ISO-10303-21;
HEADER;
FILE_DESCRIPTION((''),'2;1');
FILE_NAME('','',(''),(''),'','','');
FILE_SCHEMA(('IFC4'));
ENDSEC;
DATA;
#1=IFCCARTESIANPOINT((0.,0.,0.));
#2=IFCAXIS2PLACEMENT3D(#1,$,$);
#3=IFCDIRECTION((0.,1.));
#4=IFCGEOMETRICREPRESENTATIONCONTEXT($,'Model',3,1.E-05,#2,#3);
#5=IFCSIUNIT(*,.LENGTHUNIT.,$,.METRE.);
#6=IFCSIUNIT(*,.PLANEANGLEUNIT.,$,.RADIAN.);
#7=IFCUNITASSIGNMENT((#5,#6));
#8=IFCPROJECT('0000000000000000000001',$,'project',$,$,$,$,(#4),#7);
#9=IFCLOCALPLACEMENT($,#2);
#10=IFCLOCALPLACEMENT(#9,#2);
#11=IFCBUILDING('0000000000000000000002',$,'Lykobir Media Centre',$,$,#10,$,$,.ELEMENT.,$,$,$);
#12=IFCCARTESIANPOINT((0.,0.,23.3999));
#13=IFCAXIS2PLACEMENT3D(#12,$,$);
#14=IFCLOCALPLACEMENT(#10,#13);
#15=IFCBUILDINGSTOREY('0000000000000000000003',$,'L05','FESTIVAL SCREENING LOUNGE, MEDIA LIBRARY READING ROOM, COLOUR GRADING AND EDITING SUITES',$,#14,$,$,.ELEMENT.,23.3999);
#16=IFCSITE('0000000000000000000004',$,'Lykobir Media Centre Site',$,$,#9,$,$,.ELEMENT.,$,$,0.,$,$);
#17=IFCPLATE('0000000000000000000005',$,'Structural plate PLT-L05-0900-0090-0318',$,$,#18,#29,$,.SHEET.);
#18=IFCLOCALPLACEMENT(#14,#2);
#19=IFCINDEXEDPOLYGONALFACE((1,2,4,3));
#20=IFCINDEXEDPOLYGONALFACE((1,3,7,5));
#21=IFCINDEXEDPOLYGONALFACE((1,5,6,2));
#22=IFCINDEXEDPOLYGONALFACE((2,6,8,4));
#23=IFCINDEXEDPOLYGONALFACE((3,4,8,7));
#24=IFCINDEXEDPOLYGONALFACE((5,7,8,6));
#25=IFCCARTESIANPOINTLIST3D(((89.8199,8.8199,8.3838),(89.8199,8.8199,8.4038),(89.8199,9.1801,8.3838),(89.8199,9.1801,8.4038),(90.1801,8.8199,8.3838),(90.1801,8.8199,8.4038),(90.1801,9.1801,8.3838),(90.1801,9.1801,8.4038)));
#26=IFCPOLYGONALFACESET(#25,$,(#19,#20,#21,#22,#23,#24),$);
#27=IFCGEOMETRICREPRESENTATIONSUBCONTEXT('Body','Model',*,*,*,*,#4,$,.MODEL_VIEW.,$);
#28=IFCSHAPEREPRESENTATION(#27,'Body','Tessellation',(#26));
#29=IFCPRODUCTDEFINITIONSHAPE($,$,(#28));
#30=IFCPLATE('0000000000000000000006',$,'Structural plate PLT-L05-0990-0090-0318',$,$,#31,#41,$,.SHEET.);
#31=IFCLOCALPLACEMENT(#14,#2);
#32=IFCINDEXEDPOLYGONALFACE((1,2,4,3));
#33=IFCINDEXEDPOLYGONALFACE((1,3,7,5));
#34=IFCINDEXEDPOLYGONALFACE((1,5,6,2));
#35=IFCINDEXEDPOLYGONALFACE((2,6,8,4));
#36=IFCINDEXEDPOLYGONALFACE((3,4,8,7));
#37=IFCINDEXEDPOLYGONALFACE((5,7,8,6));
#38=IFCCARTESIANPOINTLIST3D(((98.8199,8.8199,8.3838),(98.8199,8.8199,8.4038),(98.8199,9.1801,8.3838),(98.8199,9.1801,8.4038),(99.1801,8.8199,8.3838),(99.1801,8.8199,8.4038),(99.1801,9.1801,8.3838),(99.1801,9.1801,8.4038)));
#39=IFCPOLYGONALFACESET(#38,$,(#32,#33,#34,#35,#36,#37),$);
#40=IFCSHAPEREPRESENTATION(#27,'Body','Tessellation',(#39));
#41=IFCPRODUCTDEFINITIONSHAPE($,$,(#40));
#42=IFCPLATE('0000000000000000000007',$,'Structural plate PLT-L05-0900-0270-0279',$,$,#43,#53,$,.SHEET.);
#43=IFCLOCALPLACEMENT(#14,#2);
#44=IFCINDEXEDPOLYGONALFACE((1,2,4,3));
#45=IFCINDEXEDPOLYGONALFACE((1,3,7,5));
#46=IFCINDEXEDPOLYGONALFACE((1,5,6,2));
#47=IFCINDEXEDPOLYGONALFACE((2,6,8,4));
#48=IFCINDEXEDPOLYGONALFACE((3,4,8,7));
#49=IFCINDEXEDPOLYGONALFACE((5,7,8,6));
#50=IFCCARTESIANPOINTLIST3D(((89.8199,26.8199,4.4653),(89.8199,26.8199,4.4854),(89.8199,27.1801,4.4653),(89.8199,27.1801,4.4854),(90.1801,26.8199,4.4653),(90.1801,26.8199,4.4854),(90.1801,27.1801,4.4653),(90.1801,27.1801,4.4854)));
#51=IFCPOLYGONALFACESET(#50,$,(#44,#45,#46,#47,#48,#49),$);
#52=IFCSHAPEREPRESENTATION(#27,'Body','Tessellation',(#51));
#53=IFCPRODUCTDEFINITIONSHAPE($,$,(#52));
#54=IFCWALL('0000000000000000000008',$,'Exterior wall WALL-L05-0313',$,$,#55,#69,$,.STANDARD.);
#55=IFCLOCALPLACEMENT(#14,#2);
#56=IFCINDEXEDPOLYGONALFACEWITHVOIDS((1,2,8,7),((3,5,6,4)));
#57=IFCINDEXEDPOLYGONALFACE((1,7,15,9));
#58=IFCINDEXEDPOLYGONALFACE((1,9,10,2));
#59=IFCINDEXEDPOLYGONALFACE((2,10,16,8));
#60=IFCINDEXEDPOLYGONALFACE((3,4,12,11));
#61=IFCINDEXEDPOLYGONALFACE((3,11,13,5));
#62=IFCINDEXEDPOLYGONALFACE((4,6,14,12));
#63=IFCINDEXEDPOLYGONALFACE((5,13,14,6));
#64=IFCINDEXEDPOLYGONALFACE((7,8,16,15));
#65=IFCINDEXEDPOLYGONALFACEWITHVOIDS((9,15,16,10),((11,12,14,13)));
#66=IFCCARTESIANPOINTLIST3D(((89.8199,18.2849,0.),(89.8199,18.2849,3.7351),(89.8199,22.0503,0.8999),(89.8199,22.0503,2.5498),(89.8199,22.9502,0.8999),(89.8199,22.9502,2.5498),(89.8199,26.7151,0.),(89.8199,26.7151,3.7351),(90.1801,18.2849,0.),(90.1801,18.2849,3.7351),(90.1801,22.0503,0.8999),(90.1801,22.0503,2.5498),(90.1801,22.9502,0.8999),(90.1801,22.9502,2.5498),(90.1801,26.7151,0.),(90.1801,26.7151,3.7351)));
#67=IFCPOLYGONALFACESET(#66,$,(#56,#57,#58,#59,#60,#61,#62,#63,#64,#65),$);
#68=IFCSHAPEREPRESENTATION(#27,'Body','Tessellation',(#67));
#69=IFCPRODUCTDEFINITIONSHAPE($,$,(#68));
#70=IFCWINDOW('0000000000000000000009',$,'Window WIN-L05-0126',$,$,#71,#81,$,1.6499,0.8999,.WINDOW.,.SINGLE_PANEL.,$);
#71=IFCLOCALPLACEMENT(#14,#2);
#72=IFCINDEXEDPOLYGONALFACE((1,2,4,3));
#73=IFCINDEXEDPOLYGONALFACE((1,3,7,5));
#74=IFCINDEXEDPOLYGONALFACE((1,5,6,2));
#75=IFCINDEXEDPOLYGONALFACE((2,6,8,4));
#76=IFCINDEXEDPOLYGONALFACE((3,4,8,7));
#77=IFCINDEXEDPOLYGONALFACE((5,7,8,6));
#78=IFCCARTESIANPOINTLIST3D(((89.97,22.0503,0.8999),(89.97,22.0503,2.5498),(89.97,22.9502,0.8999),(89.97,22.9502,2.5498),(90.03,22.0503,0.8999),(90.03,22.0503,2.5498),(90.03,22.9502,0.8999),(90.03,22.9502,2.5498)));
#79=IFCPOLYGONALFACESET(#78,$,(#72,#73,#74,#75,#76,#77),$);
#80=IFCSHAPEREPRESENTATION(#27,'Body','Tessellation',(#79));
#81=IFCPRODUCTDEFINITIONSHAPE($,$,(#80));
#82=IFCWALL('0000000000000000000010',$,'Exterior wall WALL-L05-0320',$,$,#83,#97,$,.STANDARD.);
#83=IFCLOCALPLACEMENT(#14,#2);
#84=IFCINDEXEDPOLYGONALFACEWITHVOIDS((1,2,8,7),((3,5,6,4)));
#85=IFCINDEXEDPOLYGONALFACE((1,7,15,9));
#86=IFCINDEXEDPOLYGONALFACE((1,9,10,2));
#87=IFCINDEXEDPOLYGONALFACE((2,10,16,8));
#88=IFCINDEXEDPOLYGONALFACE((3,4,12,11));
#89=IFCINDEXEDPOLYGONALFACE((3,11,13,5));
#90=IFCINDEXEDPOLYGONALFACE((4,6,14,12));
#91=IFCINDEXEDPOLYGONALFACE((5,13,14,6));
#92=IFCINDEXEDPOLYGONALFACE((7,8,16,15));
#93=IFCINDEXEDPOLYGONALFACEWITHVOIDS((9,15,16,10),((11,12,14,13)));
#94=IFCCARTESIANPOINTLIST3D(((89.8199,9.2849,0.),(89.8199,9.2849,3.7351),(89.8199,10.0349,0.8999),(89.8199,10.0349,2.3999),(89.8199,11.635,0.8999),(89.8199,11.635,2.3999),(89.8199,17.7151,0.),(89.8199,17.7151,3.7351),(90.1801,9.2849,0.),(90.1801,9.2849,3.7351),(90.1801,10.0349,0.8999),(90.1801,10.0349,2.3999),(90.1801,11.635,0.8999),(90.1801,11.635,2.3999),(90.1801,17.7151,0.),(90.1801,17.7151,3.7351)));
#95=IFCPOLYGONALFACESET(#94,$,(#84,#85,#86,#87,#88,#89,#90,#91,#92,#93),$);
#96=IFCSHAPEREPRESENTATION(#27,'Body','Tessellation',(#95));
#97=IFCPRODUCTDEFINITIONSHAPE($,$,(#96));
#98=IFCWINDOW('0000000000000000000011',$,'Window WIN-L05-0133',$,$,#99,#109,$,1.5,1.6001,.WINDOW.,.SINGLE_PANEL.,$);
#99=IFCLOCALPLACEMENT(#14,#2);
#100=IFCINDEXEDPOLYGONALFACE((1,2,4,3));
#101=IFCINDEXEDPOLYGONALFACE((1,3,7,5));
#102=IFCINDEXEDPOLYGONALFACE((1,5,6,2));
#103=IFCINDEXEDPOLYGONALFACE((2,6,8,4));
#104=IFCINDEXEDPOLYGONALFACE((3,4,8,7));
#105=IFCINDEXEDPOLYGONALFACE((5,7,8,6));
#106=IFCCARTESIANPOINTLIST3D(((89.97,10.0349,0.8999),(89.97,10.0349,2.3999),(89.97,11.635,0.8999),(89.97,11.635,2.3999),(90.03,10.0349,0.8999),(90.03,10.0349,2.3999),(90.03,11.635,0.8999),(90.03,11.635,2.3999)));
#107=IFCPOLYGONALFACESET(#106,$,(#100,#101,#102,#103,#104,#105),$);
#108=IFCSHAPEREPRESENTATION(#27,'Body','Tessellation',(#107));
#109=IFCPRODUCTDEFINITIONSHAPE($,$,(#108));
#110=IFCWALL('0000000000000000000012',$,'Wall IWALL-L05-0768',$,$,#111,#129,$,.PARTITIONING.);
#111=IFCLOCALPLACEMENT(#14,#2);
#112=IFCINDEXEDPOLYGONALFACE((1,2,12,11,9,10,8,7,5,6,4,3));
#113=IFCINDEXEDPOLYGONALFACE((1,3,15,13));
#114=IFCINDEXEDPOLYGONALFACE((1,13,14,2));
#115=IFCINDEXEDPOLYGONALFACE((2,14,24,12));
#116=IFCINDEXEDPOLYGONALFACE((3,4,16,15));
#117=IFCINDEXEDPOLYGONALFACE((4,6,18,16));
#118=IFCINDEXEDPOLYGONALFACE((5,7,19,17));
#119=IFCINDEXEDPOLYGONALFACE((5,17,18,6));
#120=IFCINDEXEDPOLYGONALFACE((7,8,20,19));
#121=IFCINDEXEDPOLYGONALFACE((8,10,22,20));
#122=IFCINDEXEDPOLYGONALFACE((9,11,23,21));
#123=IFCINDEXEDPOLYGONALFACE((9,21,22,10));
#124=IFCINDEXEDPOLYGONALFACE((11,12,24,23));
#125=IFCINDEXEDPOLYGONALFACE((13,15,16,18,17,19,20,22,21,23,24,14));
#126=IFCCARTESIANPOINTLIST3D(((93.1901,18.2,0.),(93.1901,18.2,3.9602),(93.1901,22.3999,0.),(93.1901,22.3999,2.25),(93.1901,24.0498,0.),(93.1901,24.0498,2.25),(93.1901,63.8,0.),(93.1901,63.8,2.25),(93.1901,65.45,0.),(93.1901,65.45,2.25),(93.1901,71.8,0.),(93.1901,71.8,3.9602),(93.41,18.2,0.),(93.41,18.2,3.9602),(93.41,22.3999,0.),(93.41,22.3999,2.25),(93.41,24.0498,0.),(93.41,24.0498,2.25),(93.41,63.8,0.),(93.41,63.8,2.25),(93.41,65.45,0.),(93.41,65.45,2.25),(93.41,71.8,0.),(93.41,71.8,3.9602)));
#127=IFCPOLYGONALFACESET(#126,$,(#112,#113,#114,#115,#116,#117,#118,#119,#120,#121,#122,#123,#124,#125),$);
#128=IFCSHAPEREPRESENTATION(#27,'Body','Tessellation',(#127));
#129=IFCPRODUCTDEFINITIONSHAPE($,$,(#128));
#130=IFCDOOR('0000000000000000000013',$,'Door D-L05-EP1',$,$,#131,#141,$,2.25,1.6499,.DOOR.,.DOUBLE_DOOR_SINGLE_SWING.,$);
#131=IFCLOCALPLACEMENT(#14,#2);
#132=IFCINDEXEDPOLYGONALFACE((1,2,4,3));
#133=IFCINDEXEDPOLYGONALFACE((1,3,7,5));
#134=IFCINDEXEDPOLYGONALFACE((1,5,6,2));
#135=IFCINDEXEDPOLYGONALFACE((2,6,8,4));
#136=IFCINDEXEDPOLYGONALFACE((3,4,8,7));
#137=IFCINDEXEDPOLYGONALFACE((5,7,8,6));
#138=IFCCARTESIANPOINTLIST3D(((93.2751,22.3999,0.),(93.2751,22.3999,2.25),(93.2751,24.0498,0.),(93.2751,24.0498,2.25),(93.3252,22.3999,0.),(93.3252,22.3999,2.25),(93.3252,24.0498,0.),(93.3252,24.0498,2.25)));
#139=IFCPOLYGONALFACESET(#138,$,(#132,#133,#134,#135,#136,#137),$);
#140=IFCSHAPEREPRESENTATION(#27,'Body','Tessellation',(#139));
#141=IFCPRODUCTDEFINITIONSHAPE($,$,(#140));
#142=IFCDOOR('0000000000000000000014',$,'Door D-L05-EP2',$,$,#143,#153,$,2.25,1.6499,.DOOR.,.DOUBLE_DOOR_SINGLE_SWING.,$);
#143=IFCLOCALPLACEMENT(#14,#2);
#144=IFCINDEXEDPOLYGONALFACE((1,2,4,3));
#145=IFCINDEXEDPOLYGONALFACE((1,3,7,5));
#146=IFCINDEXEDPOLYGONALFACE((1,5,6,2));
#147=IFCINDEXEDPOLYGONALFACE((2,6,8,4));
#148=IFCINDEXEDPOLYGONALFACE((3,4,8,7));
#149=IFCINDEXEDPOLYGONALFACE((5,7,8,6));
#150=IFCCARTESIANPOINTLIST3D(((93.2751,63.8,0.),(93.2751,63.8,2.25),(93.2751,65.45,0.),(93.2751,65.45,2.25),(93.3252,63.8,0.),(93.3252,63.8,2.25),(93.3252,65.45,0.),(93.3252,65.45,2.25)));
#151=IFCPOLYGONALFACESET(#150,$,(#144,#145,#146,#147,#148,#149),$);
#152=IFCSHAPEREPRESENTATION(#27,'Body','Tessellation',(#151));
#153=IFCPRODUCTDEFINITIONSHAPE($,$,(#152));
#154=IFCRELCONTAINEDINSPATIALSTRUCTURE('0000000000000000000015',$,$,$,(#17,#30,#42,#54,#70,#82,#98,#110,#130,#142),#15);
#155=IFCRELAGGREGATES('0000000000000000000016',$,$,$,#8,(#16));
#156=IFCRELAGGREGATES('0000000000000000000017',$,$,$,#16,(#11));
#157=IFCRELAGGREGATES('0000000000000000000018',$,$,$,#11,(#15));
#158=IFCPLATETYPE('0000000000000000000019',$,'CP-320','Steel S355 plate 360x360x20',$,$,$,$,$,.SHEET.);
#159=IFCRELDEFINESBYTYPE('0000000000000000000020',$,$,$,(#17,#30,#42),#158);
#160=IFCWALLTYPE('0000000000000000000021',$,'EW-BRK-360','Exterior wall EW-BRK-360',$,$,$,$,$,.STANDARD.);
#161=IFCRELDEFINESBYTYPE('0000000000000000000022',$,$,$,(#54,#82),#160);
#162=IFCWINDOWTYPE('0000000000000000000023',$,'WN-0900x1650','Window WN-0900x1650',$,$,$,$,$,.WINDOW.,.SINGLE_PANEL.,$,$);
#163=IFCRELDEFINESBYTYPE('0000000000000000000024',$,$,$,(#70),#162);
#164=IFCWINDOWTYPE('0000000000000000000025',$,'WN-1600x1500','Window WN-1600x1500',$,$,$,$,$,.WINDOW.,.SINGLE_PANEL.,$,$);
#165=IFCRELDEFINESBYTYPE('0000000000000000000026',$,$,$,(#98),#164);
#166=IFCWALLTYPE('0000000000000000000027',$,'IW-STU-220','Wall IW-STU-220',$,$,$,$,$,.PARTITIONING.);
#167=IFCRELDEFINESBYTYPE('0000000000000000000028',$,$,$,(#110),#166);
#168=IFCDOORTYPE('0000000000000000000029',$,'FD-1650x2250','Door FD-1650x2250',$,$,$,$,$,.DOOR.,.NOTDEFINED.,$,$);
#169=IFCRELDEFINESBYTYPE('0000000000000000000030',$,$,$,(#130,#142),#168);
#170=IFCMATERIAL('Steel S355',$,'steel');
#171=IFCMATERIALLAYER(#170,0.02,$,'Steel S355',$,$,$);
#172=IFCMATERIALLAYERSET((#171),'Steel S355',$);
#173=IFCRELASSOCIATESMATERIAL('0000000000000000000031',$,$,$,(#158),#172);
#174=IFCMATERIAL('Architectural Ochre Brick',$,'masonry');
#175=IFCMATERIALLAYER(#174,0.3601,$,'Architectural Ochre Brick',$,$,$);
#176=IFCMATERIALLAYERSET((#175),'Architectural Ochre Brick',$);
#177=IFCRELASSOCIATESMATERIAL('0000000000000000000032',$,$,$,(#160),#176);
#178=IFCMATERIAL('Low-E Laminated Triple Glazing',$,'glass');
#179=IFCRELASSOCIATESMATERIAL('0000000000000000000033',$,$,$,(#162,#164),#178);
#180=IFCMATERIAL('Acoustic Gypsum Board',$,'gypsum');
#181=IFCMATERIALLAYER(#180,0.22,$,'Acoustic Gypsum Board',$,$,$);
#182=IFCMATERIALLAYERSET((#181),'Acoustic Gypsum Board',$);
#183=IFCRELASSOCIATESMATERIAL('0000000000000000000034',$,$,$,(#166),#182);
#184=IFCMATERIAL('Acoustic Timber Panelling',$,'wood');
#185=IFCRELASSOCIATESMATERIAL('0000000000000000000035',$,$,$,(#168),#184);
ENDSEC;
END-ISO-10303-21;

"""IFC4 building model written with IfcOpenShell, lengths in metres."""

from ifc_helpers import new_model, si_unit, direction, frame, frame_2d, origin, origin_2d, place, context, subcontext, project, spatial, rectangle, extrude, material, layer, layer_set, type_object, element, fill, save


model = new_model("IFC4")

# Units and contexts
model_context = context("Model", 3, precision=1e-05, world=origin(), true_north=direction((0.0, 1.0)))
body_context = subcontext(model_context, "Body", "Model", "MODEL_VIEW")
ifc_project = project(units=[si_unit("LENGTHUNIT", "METRE"), si_unit("PLANEANGLEUNIT", "RADIAN")], contexts=[model_context])

# Site, building, storey
site_placement = place(None, origin())
site = spatial("IfcSite", under=ifc_project, at=site_placement, Name="Lykobir Media Centre Site", CompositionType="ELEMENT", RefElevation=0.0)
building_placement = place(site_placement, origin())
building = spatial("IfcBuilding", under=site, at=building_placement, Name="Lykobir Media Centre", CompositionType="ELEMENT")
storey_placement = place(building_placement, frame((0.0, 0.0, 23.3999)))
storey = spatial("IfcBuildingStorey", under=building, at=storey_placement, Name="L05", Description="FESTIVAL SCREENING LOUNGE, MEDIA LIBRARY READING ROOM, COLOUR GRADING AND EDITING SUITES", CompositionType="ELEMENT", Elevation=23.3999)

# Shared definitions
ifc_material_1 = material(Name="Steel S355", Category="steel")

# Plates
ifc_layer_1 = layer(ifc_material_1, 0.02, Name="Steel S355")
ifc_layer_set_1 = layer_set([ifc_layer_1], Name="Steel S355")
plate_type = type_object("IfcPlateType", Name="CP-320", Description="Steel S355 plate 360x360x20", PredefinedType="SHEET", material=ifc_layer_set_1)
for number, where, z_axis, x_axis, name in (
    (1, (90.0, 9.0, 8.3838), (0.0, 0.0, 1.0), (1.0, 0.0, 0.0), "Structural plate PLT-L05-0900-0090-0318"),
    (2, (99.0, 9.0, 8.3838), (0.0, 0.0, 1.0), (1.0, 0.0, 0.0), "Structural plate PLT-L05-0990-0090-0318"),
    (3, (90.0, 27.0, 4.4653), (0.0, 0.0, 1.0), (1.0, 0.0, 0.0), "Structural plate PLT-L05-0900-0270-0279"),
):
    element("IfcPlate", number, at=place(storey_placement, frame(where, z_axis=z_axis, x_axis=x_axis)), inside=storey, type_object=plate_type, Name=name, PredefinedType="SHEET", context=body_context, shape_type="SweptSolid", body=[
        extrude(rectangle(XDim=0.3601, YDim=0.3601, at=origin_2d()), origin(), (0.0, 0.0, 1.0), 0.02),
    ])

# Walls, openings, windows
ifc_material_2 = material(Name="Architectural Ochre Brick", Category="masonry")
ifc_layer_2 = layer(ifc_material_2, 0.3601, Name="Architectural Ochre Brick")
ifc_layer_set_2 = layer_set([ifc_layer_2], Name="Architectural Ochre Brick")
wall_type_1 = type_object("IfcWallType", Name="EW-BRK-360", Description="Exterior wall EW-BRK-360", PredefinedType="STANDARD", material=ifc_layer_set_2)
wall_1_placement = place(storey_placement, frame((90.0, 26.7151, 0.0), z_axis=(0.0, 0.0, 1.0), x_axis=(0.0, -1.0, 0.0)))
wall_1 = element("IfcWall", 4, at=wall_1_placement, inside=storey, type_object=wall_type_1, Name="Exterior wall WALL-L05-0313", PredefinedType="STANDARD", context=body_context, shape_type="SweptSolid", body=[
    extrude(rectangle(XDim=8.4302, YDim=0.3601, at=frame_2d((4.2151, 0.0))), origin(), (0.0, 0.0, 1.0), 3.7351),
])
opening_1_placement = place(wall_1_placement, frame((3.7649, 0.0, 0.8999)))
opening_1 = element("IfcOpeningElement", 5, at=opening_1_placement, cuts=wall_1, PredefinedType="OPENING", context=body_context, shape_type="SweptSolid", body=[
    extrude(rectangle(XDim=0.8999, YDim=1.6499, at=frame_2d((0.45, 0.825))), frame((0.0, 0.1899, 0.0), z_axis=(0.0, -1.0, 0.0), x_axis=(1.0, 0.0, 0.0)), (0.0, 0.0, 1.0), 0.3801),
])
ifc_material_3 = material(Name="Low-E Laminated Triple Glazing", Category="glass")
window_type_1 = type_object("IfcWindowType", Name="WN-0900x1650", Description="Window WN-0900x1650", PartitioningType="SINGLE_PANEL", PredefinedType="WINDOW", material=ifc_material_3)
window_1_placement = place(opening_1_placement, origin())
window_1 = element("IfcWindow", 6, at=window_1_placement, inside=storey, type_object=window_type_1, Name="Window WIN-L05-0126", OverallHeight=1.6499, OverallWidth=0.8999, PartitioningType="SINGLE_PANEL", PredefinedType="WINDOW", context=body_context, shape_type="SweptSolid", body=[
    extrude(rectangle(XDim=0.8999, YDim=1.6499, at=frame_2d((0.45, 0.825))), frame((0.0, 0.03, 0.0), z_axis=(0.0, -1.0, 0.0), x_axis=(1.0, 0.0, 0.0)), (0.0, 0.0, 1.0), 0.0601),
])
fill(opening_1, window_1)
wall_2_placement = place(storey_placement, frame((90.0, 17.7151, 0.0), z_axis=(0.0, 0.0, 1.0), x_axis=(0.0, -1.0, 0.0)))
wall_2 = element("IfcWall", 7, at=wall_2_placement, inside=storey, type_object=wall_type_1, Name="Exterior wall WALL-L05-0320", PredefinedType="STANDARD", context=body_context, shape_type="SweptSolid", body=[
    extrude(rectangle(XDim=8.4302, YDim=0.3601, at=frame_2d((4.2151, 0.0))), origin(), (0.0, 0.0, 1.0), 3.7351),
])
opening_2_placement = place(wall_2_placement, frame((6.0801, 0.0, 0.8999)))
opening_2 = element("IfcOpeningElement", 8, at=opening_2_placement, cuts=wall_2, PredefinedType="OPENING", context=body_context, shape_type="SweptSolid", body=[
    extrude(rectangle(XDim=1.6001, YDim=1.5, at=frame_2d((0.8, 0.75))), frame((0.0, 0.1899, 0.0), z_axis=(0.0, -1.0, 0.0), x_axis=(1.0, 0.0, 0.0)), (0.0, 0.0, 1.0), 0.3801),
])
window_type_2 = type_object("IfcWindowType", Name="WN-1600x1500", Description="Window WN-1600x1500", PartitioningType="SINGLE_PANEL", PredefinedType="WINDOW", material=ifc_material_3)
window_2_placement = place(opening_2_placement, origin())
window_2 = element("IfcWindow", 9, at=window_2_placement, inside=storey, type_object=window_type_2, Name="Window WIN-L05-0133", OverallHeight=1.5, OverallWidth=1.6001, PartitioningType="SINGLE_PANEL", PredefinedType="WINDOW", context=body_context, shape_type="SweptSolid", body=[
    extrude(rectangle(XDim=1.6001, YDim=1.5, at=frame_2d((0.8, 0.75))), frame((0.0, 0.03, 0.0), z_axis=(0.0, -1.0, 0.0), x_axis=(1.0, 0.0, 0.0)), (0.0, 0.0, 1.0), 0.0601),
])
fill(opening_2, window_2)

# Wall, openings, doors
ifc_material_4 = material(Name="Acoustic Gypsum Board", Category="gypsum")
ifc_layer_3 = layer(ifc_material_4, 0.22, Name="Acoustic Gypsum Board")
ifc_layer_set_3 = layer_set([ifc_layer_3], Name="Acoustic Gypsum Board")
wall_type_2 = type_object("IfcWallType", Name="IW-STU-220", Description="Wall IW-STU-220", PredefinedType="PARTITIONING", material=ifc_layer_set_3)
wall_3_placement = place(storey_placement, frame((93.3, 18.2, 0.0), z_axis=(0.0, 0.0, 1.0), x_axis=(0.0, 1.0, 0.0)))
wall_3 = element("IfcWall", 10, at=wall_3_placement, inside=storey, type_object=wall_type_2, Name="Wall IWALL-L05-0768", PredefinedType="PARTITIONING", context=body_context, shape_type="SweptSolid", body=[
    extrude(rectangle(XDim=53.6001, YDim=0.22, at=frame_2d((26.8, 0.0))), origin(), (0.0, 0.0, 1.0), 3.9602),
])
opening_3_placement = place(wall_3_placement, frame((4.2, 0.0, 0.0)))
opening_3 = element("IfcOpeningElement", 11, at=opening_3_placement, cuts=wall_3, PredefinedType="OPENING", context=body_context, shape_type="SweptSolid", body=[
    extrude(rectangle(XDim=1.6499, YDim=2.25, at=frame_2d((0.825, 1.125))), frame((0.0, 0.1199, 0.0), z_axis=(0.0, -1.0, 0.0), x_axis=(1.0, 0.0, 0.0)), (0.0, 0.0, 1.0), 0.24),
])
opening_4_placement = place(wall_3_placement, frame((45.6001, 0.0, 0.0)))
opening_4 = element("IfcOpeningElement", 12, at=opening_4_placement, cuts=wall_3, PredefinedType="OPENING", context=body_context, shape_type="SweptSolid", body=[
    extrude(rectangle(XDim=1.6499, YDim=2.25, at=frame_2d((0.825, 1.125))), frame((0.0, 0.1199, 0.0), z_axis=(0.0, -1.0, 0.0), x_axis=(1.0, 0.0, 0.0)), (0.0, 0.0, 1.0), 0.24),
])
ifc_material_5 = material(Name="Acoustic Timber Panelling", Category="wood")
door_type_1 = type_object("IfcDoorType", Name="FD-1650x2250", Description="Door FD-1650x2250", OperationType="NOTDEFINED", PredefinedType="DOOR", material=ifc_material_5)
door_1_placement = place(opening_3_placement, origin())
door_1 = element("IfcDoor", 13, at=door_1_placement, inside=storey, type_object=door_type_1, Name="Door D-L05-EP1", OperationType="DOUBLE_DOOR_SINGLE_SWING", OverallHeight=2.25, OverallWidth=1.6499, PredefinedType="DOOR", context=body_context, shape_type="SweptSolid", body=[
    extrude(rectangle(XDim=1.6499, YDim=2.25, at=frame_2d((0.825, 1.125))), frame((0.0, 0.0249, 0.0), z_axis=(0.0, -1.0, 0.0), x_axis=(1.0, 0.0, 0.0)), (0.0, 0.0, 1.0), 0.05),
])
fill(opening_3, door_1)
door_2_placement = place(opening_4_placement, origin())
door_2 = element("IfcDoor", 14, at=door_2_placement, inside=storey, type_object=door_type_1, Name="Door D-L05-EP2", OperationType="DOUBLE_DOOR_SINGLE_SWING", OverallHeight=2.25, OverallWidth=1.6499, PredefinedType="DOOR", context=body_context, shape_type="SweptSolid", body=[
    extrude(rectangle(XDim=1.6499, YDim=2.25, at=frame_2d((0.825, 1.125))), frame((0.0, 0.0249, 0.0), z_axis=(0.0, -1.0, 0.0), x_axis=(1.0, 0.0, 0.0)), (0.0, 0.0, 1.0), 0.05),
])
fill(opening_4, door_2)

save(model, "model.ifc")
